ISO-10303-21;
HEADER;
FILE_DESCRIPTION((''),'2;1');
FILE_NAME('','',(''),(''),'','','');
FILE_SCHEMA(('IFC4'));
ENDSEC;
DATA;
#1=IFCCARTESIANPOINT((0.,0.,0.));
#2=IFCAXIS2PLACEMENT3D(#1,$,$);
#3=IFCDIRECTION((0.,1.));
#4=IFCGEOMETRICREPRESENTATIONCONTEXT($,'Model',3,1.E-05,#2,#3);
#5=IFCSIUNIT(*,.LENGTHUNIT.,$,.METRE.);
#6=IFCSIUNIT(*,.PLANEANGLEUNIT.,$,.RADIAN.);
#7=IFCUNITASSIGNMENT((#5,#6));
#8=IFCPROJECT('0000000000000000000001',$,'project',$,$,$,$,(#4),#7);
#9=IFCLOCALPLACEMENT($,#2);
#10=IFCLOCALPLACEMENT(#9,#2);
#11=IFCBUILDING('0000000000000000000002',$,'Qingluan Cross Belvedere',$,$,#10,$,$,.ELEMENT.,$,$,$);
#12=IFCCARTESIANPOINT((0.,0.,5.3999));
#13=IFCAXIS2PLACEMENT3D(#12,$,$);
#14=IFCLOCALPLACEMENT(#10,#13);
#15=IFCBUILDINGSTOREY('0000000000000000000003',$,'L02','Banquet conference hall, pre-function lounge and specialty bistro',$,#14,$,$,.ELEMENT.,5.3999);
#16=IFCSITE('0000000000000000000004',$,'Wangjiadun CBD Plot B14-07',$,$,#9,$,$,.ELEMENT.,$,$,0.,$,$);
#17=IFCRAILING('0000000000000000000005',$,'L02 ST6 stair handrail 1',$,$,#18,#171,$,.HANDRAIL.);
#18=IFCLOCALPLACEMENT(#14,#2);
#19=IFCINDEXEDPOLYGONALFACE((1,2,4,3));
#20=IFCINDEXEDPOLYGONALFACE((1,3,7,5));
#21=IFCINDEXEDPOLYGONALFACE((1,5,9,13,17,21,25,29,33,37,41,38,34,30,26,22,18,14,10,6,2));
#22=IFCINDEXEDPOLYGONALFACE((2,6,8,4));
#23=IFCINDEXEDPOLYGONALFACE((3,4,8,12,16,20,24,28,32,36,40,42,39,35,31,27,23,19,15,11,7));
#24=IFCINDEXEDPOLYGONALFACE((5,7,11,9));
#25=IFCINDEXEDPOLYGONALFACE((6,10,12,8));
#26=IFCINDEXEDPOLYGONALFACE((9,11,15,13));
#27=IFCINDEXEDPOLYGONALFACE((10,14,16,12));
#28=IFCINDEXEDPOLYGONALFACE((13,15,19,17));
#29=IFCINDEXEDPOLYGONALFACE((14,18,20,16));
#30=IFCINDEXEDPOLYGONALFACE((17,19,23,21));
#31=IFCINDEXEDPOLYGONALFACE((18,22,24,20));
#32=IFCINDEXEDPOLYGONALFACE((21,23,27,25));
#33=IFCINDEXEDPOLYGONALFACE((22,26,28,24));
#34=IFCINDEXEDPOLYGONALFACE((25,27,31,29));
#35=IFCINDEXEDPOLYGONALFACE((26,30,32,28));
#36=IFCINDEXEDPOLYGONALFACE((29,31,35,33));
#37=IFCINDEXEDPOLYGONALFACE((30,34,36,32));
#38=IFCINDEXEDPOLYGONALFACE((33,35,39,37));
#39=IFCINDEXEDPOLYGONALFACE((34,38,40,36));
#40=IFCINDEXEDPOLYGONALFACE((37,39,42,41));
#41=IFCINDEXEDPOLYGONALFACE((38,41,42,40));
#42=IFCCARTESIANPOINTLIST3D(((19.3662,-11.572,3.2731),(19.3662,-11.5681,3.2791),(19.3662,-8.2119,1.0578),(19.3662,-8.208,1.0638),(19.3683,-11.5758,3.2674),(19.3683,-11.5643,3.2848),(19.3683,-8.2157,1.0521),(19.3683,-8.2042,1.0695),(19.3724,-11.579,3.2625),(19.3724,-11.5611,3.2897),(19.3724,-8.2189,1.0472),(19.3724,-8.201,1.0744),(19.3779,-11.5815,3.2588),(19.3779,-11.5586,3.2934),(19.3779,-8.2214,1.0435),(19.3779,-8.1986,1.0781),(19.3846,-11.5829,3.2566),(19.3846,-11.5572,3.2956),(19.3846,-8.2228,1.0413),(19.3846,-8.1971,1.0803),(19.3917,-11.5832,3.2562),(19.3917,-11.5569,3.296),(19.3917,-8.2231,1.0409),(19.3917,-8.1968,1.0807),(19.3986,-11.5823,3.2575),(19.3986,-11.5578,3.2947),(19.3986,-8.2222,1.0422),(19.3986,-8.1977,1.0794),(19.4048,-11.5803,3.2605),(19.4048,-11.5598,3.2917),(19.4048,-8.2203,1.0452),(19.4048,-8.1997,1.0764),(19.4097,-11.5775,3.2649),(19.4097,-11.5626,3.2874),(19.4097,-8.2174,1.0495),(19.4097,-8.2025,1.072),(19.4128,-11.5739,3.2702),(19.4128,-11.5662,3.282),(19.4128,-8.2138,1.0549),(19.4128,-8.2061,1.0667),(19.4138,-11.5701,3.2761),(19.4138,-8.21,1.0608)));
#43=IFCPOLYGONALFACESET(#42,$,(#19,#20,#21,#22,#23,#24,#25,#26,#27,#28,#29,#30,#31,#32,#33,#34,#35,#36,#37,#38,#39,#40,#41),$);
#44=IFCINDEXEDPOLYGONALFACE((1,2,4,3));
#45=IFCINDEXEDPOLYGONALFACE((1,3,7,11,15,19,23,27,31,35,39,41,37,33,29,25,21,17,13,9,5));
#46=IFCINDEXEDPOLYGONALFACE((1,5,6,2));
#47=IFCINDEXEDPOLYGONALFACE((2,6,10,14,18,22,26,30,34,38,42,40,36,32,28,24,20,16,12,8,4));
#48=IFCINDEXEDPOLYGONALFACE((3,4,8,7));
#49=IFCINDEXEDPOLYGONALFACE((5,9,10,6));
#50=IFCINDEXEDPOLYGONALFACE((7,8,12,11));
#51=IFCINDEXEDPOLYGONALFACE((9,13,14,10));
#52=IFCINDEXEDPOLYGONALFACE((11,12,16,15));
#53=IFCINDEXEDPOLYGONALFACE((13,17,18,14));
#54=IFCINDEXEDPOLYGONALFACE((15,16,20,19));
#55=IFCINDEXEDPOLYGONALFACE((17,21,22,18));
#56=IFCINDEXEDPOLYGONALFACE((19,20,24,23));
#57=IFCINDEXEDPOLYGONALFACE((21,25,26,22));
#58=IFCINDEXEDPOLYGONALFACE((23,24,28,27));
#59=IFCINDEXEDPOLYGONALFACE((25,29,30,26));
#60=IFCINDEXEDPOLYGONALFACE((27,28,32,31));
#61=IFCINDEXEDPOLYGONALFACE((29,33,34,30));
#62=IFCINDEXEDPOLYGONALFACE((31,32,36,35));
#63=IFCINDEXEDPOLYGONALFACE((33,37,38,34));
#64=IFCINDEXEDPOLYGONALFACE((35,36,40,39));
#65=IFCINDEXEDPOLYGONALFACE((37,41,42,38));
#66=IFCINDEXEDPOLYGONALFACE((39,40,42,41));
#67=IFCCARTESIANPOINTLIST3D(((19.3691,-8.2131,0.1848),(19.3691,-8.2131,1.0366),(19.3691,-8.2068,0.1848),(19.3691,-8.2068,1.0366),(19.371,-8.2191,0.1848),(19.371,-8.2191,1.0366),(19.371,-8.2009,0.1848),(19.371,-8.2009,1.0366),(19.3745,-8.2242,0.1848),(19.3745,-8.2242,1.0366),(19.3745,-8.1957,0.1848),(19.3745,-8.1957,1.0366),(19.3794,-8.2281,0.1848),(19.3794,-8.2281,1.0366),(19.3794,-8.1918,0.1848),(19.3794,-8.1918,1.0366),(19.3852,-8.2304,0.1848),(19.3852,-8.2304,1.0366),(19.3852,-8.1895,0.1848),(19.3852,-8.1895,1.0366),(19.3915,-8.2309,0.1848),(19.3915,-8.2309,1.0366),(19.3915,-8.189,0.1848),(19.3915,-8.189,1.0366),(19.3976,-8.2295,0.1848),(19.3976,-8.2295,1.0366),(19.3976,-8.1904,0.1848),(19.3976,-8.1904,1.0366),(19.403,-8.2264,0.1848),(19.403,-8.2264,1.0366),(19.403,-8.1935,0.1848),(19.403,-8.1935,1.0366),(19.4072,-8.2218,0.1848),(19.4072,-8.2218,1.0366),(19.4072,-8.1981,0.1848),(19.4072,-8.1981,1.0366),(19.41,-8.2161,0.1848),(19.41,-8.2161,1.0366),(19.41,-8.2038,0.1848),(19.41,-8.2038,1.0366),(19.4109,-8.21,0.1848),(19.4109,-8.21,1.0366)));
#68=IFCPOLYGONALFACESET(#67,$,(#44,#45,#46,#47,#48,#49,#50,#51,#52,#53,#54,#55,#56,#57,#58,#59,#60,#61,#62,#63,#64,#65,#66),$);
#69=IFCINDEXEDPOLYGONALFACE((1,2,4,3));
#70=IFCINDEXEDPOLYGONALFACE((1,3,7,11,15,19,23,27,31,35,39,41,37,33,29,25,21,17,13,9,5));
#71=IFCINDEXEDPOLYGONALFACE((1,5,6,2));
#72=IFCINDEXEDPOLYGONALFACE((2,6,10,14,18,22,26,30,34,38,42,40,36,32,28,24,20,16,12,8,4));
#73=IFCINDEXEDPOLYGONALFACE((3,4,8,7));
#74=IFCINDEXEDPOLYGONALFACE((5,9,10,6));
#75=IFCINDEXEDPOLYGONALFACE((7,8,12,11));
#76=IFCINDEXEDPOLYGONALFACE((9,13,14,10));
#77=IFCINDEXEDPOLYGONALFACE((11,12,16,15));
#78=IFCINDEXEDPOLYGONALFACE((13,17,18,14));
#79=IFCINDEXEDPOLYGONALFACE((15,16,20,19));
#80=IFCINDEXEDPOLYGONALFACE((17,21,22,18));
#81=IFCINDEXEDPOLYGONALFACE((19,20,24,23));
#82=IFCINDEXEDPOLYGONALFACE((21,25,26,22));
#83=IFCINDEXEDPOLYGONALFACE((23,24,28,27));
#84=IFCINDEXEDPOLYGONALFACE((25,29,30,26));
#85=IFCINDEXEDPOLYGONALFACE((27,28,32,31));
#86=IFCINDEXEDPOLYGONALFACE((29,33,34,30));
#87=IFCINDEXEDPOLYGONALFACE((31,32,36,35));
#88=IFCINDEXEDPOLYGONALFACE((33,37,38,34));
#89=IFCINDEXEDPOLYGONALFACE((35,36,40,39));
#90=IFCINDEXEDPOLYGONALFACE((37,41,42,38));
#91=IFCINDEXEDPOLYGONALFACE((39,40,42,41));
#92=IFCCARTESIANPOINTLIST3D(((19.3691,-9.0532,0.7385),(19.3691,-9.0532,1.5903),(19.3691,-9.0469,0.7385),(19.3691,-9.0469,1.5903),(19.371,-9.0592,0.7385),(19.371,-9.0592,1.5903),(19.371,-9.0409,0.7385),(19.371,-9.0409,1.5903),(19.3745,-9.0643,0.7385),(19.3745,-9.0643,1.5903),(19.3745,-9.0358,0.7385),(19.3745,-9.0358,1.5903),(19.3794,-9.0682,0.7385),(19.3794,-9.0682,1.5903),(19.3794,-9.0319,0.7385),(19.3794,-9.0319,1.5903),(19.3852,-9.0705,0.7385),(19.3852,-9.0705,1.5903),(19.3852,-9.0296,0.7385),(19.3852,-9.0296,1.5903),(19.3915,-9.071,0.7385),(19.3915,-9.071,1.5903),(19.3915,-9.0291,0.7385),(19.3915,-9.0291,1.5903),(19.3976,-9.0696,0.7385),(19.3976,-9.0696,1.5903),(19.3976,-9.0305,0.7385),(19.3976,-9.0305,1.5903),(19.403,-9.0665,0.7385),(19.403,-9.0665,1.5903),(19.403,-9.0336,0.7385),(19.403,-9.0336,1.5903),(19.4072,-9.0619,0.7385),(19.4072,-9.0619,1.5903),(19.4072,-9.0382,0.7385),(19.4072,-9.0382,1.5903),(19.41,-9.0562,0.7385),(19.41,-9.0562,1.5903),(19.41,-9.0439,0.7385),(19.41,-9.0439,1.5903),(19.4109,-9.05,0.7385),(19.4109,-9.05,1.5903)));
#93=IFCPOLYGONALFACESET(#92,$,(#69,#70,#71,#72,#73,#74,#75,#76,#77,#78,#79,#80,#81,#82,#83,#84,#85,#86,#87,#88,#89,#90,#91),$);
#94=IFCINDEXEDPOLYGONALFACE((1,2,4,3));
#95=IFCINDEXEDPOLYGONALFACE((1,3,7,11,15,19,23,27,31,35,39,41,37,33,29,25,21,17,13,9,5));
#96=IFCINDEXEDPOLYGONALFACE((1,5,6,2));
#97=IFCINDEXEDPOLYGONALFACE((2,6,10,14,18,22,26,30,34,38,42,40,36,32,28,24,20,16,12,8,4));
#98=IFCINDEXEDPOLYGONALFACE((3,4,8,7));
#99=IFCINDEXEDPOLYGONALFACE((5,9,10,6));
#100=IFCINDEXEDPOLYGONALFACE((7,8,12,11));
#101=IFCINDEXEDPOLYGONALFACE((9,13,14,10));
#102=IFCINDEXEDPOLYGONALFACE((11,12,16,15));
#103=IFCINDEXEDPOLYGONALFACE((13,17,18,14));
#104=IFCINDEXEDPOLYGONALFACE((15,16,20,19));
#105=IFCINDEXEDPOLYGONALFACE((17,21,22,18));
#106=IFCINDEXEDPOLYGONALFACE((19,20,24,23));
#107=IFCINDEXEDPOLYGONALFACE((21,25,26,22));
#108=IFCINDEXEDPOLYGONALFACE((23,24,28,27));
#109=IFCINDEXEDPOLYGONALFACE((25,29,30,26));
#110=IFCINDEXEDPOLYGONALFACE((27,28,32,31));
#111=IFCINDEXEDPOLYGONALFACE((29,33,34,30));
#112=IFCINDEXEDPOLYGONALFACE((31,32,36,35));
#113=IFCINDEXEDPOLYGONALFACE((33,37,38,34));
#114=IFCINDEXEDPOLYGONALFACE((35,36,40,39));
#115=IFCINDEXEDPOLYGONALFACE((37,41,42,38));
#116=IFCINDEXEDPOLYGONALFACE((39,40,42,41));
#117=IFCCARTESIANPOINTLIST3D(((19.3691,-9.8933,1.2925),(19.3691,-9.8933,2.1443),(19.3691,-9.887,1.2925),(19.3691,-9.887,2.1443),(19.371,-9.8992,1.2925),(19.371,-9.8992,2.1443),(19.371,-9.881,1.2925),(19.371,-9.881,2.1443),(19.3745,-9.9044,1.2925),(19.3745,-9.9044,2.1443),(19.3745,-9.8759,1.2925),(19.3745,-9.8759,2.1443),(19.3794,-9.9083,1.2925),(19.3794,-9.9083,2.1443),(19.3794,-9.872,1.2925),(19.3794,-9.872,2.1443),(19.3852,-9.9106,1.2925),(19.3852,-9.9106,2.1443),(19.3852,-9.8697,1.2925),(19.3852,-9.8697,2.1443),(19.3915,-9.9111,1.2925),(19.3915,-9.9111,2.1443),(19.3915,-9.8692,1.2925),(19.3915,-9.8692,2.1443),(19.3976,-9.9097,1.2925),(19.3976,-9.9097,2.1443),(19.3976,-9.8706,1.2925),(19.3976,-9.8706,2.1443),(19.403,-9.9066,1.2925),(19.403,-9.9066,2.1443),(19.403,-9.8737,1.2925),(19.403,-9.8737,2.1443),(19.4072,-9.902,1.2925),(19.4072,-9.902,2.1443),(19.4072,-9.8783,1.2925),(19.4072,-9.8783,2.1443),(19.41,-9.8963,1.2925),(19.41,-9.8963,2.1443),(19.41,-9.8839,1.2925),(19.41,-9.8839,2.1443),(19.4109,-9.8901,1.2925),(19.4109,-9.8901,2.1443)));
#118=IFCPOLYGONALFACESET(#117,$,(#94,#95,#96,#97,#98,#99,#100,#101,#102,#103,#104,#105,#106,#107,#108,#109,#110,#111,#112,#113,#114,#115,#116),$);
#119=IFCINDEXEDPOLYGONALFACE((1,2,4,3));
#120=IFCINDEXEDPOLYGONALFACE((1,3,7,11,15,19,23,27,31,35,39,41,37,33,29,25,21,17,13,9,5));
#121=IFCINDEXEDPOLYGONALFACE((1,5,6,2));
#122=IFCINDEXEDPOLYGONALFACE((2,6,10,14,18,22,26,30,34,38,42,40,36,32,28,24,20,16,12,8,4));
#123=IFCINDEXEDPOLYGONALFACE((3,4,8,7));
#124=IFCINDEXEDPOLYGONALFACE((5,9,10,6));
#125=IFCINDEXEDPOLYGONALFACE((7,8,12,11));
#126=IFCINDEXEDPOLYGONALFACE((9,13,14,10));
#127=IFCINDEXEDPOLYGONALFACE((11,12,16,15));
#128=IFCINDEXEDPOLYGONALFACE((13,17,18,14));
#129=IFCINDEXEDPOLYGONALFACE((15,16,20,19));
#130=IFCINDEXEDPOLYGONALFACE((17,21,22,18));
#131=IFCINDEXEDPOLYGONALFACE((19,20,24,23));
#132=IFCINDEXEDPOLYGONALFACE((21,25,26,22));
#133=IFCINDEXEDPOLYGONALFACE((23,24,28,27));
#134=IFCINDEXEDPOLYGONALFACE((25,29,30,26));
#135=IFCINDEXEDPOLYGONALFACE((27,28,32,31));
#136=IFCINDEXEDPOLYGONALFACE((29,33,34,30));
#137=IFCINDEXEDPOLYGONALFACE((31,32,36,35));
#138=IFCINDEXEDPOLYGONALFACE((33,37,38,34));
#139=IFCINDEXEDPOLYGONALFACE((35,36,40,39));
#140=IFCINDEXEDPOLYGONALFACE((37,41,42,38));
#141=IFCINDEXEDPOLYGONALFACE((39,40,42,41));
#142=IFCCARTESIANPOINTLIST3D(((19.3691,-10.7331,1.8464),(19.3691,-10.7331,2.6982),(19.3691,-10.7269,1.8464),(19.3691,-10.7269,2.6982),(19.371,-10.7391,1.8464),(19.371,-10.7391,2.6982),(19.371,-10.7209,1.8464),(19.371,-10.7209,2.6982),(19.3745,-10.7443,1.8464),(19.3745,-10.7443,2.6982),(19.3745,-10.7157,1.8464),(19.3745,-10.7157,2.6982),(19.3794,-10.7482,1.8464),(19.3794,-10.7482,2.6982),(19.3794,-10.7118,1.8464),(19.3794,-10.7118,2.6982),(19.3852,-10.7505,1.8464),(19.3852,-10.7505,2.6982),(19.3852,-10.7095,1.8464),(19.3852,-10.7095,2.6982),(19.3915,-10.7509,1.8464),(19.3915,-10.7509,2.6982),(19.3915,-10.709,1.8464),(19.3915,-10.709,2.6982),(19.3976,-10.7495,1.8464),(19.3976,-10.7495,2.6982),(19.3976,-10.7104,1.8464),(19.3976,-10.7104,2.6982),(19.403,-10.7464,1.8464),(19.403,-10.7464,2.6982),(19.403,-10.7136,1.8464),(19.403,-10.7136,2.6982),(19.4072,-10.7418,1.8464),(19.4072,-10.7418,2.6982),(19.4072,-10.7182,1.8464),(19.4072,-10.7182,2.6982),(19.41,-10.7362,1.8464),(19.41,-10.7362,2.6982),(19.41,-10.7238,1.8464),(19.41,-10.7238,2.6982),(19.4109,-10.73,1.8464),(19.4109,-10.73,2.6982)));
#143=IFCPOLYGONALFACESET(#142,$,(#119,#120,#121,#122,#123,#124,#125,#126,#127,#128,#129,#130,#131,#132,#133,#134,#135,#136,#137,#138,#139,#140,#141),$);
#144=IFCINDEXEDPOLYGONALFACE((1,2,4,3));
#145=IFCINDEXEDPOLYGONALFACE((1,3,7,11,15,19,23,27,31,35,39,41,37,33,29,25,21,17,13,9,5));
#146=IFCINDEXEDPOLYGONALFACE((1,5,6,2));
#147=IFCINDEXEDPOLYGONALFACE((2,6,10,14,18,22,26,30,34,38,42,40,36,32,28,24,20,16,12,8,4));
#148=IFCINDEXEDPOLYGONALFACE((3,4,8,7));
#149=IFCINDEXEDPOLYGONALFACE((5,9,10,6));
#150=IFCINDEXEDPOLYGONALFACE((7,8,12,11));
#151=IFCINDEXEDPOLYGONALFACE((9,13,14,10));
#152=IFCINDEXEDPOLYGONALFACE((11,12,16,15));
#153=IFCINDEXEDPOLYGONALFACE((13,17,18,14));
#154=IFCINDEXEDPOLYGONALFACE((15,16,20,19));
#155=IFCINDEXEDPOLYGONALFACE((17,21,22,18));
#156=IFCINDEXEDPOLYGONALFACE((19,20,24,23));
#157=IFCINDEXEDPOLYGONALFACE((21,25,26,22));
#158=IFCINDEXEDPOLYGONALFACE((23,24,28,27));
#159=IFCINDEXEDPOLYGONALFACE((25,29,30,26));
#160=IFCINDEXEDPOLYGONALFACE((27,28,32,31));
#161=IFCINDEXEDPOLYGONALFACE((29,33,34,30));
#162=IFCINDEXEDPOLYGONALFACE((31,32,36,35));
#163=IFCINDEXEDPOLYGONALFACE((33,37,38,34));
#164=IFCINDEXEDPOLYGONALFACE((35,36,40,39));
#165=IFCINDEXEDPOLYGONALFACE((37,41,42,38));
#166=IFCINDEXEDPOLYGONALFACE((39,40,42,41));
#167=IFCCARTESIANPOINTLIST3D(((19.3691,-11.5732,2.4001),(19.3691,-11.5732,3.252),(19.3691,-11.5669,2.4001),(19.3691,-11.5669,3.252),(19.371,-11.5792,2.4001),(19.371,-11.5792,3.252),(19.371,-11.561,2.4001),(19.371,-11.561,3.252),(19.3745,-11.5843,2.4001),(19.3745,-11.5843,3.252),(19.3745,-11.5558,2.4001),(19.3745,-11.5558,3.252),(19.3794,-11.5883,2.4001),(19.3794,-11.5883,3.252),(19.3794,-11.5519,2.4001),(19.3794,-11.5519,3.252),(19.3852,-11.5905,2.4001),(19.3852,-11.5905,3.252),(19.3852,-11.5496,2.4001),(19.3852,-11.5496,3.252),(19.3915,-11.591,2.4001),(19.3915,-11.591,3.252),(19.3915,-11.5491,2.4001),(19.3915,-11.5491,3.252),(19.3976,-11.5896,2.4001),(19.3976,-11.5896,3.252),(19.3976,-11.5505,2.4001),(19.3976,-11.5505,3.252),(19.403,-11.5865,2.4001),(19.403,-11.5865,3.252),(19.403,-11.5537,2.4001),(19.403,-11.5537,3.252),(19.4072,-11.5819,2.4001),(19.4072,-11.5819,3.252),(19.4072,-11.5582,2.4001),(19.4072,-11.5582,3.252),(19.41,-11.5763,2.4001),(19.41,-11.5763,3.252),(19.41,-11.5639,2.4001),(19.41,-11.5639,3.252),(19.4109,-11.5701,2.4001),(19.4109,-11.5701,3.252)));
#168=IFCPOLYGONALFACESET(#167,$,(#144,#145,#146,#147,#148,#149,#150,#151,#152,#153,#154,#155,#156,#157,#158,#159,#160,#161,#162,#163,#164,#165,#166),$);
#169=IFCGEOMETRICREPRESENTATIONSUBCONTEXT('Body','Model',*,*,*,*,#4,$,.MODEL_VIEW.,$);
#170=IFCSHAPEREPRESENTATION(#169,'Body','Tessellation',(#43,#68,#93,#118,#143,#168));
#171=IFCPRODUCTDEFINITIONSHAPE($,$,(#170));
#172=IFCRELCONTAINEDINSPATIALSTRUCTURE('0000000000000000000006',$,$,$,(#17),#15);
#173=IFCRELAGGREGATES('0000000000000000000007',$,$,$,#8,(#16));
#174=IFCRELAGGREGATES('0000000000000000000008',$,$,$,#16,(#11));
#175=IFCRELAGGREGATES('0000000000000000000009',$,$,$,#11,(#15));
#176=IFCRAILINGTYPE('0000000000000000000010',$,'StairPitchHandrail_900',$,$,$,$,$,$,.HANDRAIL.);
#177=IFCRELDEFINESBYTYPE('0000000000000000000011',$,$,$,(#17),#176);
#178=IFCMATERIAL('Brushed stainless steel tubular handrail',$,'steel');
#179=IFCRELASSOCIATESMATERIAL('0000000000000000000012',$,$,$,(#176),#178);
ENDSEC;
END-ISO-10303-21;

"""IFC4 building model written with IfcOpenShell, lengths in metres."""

from ifc_helpers import new_model, si_unit, direction, frame, origin, origin_2d, place, context, subcontext, project, spatial, circle, extrude, material, type_object, element, save


model = new_model("IFC4")

# Units and contexts
model_context = context("Model", 3, precision=1e-05, world=origin(), true_north=direction((0.0, 1.0)))
body_context = subcontext(model_context, "Body", "Model", "MODEL_VIEW")
ifc_project = project(units=[si_unit("LENGTHUNIT", "METRE"), si_unit("PLANEANGLEUNIT", "RADIAN")], contexts=[model_context])

# Site, building, storey
site_placement = place(None, origin())
site = spatial("IfcSite", under=ifc_project, at=site_placement, Name="Wangjiadun CBD Plot B14-07", CompositionType="ELEMENT", RefElevation=0.0)
building_placement = place(site_placement, origin())
building = spatial("IfcBuilding", under=site, at=building_placement, Name="Qingluan Cross Belvedere", CompositionType="ELEMENT")
storey_placement = place(building_placement, frame((0.0, 0.0, 5.3999)))
storey = spatial("IfcBuildingStorey", under=building, at=storey_placement, Name="L02", Description="Banquet conference hall, pre-function lounge and specialty bistro", CompositionType="ELEMENT", Elevation=5.3999)

# Railing
ifc_material_1 = material(Name="Brushed stainless steel tubular handrail", Category="steel")
railing_type_1 = type_object("IfcRailingType", Name="StairPitchHandrail_900", PredefinedType="HANDRAIL", material=ifc_material_1)
railing_1_placement = place(storey_placement, frame((19.3899, -8.21, 0.1848)))
element("IfcRailing", 1, at=railing_1_placement, inside=storey, type_object=railing_type_1, Name="L02 ST6 stair handrail 1", PredefinedType="HANDRAIL", context=body_context, shape_type="SweptSolid", body=[
    extrude(circle(Radius=0.0239, at=origin_2d()), frame((0.0, 0.0, 0.876), z_axis=(0.0, -0.834876, 0.550437), x_axis=(1.0, 0.0, 0.0)), (0.0, 0.0, 1.0), 4.0247),
    extrude(circle(Radius=0.021, at=origin_2d()), origin(), (0.0, 0.0, 1.0), 0.8518),
    extrude(circle(Radius=0.021, at=origin_2d()), frame((0.0, -0.8401, 0.5537)), (0.0, 0.0, 1.0), 0.8518),
    extrude(circle(Radius=0.021, at=origin_2d()), frame((0.0, -1.6802, 1.1077)), (0.0, 0.0, 1.0), 0.8518),
    extrude(circle(Radius=0.021, at=origin_2d()), frame((0.0, -2.52, 1.6616)), (0.0, 0.0, 1.0), 0.8518),
    extrude(circle(Radius=0.021, at=origin_2d()), frame((0.0, -3.3601, 2.2153)), (0.0, 0.0, 1.0), 0.8518),
])

save(model, "model.ifc")
